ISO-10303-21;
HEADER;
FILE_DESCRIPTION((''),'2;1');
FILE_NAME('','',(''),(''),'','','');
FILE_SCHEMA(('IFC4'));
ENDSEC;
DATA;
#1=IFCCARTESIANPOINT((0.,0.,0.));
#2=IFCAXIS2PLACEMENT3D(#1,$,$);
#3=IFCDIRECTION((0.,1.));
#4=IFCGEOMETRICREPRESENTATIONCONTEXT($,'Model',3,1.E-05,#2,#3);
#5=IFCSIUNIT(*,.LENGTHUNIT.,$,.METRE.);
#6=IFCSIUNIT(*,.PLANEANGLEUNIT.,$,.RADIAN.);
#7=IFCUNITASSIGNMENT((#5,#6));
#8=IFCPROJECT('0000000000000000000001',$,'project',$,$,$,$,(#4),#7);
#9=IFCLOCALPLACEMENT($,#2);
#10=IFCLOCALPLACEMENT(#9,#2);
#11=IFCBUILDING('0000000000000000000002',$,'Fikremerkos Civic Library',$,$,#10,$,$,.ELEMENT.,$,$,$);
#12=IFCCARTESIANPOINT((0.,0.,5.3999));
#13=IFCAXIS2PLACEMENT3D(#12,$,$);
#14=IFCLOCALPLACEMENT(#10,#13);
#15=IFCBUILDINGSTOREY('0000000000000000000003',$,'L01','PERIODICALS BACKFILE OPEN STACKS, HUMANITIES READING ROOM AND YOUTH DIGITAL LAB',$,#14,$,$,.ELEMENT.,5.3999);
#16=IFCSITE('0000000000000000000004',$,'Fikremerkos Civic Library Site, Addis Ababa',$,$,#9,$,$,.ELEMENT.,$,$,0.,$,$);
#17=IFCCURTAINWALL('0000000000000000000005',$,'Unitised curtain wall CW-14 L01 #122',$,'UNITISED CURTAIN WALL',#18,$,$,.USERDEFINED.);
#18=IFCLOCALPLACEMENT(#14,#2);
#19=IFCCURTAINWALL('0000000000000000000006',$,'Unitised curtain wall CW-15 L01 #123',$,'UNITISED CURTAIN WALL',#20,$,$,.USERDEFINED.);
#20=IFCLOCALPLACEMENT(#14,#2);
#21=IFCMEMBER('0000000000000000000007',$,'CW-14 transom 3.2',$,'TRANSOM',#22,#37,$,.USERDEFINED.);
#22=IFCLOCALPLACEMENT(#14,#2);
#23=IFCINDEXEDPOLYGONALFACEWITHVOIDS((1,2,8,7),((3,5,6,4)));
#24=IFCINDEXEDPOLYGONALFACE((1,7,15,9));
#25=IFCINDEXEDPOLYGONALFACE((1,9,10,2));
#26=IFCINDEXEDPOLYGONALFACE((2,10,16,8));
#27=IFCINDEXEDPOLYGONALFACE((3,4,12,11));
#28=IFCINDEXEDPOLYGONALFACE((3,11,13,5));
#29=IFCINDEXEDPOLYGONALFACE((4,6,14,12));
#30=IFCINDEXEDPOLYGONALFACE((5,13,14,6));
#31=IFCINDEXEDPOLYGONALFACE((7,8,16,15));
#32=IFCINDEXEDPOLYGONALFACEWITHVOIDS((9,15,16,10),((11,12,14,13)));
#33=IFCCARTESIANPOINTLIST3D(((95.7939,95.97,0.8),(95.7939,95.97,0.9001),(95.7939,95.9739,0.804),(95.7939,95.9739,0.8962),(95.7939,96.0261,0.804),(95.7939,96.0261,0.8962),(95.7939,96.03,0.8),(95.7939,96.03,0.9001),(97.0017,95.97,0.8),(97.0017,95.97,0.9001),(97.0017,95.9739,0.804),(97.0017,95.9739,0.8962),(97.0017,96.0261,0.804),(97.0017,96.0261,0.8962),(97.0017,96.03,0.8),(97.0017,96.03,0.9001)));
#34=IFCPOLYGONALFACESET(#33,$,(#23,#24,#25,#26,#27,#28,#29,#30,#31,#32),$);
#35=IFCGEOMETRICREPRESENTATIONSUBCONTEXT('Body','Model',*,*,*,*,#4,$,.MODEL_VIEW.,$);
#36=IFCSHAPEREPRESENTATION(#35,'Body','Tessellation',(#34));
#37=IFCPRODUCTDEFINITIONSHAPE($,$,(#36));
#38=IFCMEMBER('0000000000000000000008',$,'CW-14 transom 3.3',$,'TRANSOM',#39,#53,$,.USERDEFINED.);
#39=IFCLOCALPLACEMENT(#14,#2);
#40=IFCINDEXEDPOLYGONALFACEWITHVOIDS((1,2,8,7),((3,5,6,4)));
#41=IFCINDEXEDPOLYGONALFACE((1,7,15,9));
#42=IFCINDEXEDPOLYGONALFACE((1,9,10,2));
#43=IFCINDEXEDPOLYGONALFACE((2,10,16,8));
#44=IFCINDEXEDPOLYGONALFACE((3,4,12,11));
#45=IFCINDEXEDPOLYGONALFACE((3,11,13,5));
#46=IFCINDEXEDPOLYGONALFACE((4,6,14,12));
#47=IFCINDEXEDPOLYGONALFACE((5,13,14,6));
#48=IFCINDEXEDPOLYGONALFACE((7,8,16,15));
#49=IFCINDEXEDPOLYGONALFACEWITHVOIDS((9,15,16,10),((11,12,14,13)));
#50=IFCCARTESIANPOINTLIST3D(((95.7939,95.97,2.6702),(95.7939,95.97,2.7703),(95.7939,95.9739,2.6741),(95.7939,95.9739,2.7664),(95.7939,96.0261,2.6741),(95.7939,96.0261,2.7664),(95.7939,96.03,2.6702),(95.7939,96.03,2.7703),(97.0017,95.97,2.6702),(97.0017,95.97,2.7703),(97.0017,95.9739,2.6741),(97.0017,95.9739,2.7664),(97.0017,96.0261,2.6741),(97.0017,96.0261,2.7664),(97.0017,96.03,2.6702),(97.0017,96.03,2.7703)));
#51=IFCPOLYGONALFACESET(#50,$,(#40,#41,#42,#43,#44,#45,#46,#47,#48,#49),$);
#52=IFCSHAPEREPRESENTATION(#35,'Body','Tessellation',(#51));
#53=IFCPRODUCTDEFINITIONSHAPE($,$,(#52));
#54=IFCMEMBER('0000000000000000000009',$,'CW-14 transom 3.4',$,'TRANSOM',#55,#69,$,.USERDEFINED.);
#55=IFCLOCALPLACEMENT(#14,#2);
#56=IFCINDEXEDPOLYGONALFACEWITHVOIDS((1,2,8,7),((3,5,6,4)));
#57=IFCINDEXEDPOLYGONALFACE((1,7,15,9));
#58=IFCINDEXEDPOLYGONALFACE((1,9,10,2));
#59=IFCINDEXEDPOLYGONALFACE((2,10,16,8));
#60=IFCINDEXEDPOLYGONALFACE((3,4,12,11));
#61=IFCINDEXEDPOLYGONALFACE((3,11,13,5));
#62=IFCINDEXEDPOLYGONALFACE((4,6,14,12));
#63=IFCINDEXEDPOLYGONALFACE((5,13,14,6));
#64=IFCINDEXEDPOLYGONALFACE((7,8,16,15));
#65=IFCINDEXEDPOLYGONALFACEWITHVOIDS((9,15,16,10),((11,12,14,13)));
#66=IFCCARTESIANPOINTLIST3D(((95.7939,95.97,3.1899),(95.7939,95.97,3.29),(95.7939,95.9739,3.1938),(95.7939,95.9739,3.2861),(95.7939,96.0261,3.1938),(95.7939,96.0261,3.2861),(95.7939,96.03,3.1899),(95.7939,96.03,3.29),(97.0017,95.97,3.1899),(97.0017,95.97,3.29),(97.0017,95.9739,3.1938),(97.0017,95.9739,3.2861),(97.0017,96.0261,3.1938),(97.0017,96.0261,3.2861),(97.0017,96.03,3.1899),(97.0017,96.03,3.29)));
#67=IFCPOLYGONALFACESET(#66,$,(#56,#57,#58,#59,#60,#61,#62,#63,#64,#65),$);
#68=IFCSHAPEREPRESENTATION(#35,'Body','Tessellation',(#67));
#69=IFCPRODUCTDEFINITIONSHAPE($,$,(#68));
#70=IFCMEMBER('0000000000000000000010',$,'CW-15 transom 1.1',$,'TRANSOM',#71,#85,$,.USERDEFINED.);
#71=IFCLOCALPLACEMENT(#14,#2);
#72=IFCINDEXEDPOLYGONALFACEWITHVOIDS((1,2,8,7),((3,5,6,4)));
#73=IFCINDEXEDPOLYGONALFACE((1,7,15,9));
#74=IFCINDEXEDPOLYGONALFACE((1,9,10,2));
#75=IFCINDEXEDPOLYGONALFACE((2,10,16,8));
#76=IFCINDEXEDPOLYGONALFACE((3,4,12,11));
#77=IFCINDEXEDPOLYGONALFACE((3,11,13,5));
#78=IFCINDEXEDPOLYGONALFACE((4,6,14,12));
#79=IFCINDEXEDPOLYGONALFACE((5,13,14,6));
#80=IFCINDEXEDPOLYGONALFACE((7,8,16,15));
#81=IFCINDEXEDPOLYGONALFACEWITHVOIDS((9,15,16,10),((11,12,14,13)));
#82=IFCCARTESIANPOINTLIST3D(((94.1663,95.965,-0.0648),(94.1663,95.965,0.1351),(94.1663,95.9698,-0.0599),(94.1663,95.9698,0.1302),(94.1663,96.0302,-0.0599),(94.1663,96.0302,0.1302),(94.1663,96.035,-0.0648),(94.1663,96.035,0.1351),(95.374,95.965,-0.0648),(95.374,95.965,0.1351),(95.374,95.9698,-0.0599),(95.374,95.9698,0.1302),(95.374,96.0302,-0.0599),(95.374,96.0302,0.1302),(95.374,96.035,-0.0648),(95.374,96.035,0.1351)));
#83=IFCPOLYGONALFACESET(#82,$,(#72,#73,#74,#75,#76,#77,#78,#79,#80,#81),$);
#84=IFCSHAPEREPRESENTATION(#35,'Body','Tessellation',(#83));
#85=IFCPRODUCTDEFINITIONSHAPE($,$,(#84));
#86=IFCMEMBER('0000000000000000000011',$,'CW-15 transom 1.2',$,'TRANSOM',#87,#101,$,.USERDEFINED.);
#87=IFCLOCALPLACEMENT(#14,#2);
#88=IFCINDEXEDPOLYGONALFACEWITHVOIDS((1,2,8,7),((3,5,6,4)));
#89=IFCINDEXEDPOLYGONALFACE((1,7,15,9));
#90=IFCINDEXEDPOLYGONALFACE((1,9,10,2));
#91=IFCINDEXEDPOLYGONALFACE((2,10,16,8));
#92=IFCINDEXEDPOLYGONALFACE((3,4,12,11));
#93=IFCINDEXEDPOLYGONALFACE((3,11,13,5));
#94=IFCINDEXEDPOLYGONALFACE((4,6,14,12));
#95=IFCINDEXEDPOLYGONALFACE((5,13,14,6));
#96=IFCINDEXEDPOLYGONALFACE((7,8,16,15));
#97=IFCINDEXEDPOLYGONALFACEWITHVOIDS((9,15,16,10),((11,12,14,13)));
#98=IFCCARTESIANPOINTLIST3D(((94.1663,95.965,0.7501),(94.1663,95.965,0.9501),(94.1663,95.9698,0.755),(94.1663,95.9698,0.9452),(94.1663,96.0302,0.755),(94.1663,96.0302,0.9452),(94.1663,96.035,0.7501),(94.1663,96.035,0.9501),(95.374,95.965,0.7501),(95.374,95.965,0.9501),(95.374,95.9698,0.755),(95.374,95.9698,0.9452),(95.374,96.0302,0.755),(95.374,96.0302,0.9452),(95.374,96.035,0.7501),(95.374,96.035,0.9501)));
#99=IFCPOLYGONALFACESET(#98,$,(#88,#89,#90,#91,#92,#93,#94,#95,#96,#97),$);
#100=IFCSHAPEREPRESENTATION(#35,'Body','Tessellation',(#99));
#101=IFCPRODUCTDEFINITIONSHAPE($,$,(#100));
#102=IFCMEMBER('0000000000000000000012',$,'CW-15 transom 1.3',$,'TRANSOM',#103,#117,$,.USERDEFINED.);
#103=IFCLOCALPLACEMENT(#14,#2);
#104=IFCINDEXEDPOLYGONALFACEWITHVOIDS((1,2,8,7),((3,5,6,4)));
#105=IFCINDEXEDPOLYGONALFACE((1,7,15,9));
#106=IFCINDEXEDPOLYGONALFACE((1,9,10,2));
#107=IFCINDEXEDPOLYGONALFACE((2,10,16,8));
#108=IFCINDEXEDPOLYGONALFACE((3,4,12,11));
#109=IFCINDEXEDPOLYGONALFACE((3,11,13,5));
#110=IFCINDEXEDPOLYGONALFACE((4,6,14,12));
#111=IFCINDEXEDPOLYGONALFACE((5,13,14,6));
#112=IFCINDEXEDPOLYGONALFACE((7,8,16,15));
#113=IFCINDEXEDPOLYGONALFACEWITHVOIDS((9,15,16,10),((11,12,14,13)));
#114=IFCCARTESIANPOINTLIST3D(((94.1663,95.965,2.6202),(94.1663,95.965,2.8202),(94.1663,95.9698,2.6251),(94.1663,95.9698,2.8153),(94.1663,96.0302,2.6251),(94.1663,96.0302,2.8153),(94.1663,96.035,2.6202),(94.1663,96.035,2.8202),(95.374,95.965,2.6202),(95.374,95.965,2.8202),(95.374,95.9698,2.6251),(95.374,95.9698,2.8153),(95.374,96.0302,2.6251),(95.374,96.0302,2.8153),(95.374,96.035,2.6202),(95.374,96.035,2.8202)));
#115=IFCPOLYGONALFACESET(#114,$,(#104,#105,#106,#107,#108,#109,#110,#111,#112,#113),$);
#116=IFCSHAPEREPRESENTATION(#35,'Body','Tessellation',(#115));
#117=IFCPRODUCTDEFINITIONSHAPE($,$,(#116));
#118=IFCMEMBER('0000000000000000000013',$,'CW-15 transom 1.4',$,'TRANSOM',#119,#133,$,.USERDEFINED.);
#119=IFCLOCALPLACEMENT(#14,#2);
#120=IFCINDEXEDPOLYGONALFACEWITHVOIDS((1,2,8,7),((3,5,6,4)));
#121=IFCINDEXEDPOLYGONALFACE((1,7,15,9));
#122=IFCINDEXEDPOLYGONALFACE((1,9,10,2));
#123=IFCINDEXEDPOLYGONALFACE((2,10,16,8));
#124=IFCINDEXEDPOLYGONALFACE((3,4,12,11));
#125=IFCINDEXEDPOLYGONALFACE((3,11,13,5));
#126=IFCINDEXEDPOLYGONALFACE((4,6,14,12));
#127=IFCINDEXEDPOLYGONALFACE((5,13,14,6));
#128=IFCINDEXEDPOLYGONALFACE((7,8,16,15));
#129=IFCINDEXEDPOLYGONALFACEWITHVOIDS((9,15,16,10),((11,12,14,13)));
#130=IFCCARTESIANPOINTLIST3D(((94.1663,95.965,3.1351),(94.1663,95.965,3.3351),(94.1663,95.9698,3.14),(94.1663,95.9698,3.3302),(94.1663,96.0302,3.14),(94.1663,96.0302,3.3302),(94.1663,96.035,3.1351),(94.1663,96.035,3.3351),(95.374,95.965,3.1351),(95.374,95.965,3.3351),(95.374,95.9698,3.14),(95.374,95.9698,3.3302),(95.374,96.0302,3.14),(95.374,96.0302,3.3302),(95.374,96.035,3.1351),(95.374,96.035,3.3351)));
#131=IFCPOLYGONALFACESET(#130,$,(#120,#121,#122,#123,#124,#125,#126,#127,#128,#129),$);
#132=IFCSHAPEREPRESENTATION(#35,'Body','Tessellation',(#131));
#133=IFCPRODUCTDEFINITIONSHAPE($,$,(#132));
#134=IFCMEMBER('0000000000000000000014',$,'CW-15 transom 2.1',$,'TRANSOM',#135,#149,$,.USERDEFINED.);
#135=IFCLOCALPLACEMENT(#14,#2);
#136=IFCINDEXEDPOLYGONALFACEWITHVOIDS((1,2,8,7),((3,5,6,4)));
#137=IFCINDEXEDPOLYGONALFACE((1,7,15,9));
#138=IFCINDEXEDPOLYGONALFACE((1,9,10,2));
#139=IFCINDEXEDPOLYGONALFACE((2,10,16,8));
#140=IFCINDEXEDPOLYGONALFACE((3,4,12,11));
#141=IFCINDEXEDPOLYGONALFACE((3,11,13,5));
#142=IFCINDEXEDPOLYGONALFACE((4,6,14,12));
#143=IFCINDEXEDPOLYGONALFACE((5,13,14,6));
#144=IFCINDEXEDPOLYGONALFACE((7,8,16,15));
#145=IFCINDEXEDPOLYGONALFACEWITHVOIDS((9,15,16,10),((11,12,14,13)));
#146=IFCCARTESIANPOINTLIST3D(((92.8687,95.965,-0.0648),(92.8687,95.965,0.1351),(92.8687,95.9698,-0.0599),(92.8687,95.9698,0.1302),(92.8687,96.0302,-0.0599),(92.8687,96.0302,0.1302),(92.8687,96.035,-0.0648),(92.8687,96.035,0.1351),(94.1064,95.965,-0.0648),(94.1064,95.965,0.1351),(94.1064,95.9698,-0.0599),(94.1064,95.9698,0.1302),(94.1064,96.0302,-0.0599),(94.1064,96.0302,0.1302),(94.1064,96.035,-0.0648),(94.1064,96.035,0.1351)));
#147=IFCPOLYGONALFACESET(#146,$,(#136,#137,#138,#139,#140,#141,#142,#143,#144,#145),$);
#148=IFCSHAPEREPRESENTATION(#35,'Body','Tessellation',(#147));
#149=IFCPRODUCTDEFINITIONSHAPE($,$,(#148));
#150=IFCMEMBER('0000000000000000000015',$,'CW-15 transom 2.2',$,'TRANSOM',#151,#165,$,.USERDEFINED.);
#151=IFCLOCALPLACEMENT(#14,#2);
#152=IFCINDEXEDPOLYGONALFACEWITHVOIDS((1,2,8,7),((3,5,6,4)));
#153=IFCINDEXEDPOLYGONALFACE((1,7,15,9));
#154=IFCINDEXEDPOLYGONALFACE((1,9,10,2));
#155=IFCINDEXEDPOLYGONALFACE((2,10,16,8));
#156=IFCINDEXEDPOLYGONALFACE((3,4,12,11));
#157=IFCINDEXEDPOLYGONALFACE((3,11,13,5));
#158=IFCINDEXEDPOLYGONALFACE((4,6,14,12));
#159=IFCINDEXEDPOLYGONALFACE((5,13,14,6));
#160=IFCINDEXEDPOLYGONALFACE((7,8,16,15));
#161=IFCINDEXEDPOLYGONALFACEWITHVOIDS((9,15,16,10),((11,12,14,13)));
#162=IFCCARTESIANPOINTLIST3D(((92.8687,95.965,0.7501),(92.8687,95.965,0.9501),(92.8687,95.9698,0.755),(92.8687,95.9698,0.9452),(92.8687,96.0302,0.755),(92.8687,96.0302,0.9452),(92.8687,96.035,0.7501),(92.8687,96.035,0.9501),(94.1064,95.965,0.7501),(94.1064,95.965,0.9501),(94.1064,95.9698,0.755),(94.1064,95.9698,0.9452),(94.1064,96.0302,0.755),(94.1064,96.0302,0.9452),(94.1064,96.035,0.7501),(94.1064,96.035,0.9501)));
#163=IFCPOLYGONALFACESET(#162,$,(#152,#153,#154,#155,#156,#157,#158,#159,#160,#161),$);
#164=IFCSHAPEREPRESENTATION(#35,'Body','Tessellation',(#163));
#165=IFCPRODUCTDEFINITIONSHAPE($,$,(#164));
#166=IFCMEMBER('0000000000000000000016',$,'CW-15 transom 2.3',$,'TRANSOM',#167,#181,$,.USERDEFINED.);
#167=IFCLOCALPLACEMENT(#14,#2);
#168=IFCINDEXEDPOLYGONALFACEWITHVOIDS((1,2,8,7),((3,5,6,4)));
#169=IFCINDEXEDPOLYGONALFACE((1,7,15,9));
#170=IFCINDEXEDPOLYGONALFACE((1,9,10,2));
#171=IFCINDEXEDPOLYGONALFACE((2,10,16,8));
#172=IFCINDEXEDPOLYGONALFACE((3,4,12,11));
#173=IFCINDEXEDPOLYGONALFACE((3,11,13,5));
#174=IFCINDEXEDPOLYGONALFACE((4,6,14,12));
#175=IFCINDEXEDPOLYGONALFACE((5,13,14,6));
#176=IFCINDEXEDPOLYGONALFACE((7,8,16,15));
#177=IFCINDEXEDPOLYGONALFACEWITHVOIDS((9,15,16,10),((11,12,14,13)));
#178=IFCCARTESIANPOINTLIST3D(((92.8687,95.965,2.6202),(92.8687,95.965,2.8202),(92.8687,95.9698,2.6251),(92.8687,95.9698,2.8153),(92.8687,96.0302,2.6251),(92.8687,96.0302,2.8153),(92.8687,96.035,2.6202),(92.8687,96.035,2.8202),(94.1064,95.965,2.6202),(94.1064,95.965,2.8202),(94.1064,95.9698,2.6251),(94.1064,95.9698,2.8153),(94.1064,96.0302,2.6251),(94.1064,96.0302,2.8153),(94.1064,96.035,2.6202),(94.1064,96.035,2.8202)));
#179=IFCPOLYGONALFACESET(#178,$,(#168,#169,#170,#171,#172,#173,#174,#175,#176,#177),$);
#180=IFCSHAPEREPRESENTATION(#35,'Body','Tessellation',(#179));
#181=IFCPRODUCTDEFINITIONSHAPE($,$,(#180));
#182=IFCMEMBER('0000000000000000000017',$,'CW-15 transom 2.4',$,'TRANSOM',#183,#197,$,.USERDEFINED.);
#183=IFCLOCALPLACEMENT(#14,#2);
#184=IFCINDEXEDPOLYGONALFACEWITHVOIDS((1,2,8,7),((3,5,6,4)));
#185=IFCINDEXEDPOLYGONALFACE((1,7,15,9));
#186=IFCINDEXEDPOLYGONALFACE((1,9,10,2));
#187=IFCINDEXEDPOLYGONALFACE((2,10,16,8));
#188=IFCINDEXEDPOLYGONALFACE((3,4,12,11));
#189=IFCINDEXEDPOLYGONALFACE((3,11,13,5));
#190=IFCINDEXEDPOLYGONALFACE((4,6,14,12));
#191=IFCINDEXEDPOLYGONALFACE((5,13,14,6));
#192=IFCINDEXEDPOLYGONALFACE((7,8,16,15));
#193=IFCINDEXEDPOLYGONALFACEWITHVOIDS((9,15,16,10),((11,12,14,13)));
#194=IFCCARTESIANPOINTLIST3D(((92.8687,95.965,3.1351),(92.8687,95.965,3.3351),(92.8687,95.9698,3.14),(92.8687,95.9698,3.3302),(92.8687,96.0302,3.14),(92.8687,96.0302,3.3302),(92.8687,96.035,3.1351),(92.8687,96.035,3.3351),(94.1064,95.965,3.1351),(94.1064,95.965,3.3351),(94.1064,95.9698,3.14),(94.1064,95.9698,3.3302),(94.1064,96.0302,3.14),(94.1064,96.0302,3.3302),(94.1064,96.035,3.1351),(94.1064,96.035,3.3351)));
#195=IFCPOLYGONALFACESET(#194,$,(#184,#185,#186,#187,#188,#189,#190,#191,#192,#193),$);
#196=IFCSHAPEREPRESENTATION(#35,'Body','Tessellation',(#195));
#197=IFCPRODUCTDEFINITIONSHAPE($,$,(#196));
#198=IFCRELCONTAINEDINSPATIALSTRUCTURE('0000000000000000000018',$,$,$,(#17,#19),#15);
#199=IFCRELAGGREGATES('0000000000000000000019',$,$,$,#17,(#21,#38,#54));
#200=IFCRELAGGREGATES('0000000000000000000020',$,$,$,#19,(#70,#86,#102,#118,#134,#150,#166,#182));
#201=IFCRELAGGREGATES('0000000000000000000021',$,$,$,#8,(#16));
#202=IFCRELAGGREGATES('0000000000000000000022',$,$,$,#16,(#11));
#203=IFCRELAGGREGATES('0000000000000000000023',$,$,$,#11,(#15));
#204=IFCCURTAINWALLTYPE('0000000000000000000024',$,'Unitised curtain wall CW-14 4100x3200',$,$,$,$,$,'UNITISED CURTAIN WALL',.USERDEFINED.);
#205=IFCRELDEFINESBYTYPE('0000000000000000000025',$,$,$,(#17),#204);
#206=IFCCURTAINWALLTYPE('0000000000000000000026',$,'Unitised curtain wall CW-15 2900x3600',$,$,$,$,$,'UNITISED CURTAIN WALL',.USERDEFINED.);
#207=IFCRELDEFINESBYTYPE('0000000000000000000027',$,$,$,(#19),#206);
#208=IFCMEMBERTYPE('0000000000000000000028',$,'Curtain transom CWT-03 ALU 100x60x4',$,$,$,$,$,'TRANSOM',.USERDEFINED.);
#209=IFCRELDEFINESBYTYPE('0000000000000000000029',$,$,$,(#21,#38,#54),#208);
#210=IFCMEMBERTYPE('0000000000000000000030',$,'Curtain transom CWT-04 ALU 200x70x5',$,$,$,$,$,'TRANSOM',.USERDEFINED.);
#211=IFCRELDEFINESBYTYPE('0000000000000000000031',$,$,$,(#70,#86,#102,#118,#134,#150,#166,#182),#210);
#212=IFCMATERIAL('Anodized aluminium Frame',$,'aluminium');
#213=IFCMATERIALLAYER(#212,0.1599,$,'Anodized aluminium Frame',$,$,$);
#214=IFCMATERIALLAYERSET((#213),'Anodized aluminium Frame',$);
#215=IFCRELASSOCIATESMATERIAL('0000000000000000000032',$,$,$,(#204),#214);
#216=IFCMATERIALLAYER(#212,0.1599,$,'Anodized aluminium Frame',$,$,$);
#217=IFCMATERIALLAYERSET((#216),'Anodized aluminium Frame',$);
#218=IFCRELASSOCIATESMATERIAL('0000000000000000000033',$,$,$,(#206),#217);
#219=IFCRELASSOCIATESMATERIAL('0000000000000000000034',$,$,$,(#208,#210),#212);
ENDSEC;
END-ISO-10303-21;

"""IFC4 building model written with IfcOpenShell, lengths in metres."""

from ifc_helpers import new_model, si_unit, direction, frame, origin, origin_2d, place, context, subcontext, project, spatial, hollow_rectangle, extrude, material, layer, layer_set, material_profile, profile_set, type_object, element, aggregate, save


model = new_model("IFC4")

# Units and contexts
model_context = context("Model", 3, precision=1e-05, world=origin(), true_north=direction((0.0, 1.0)))
body_context = subcontext(model_context, "Body", "Model", "MODEL_VIEW")
ifc_project = project(units=[si_unit("LENGTHUNIT", "METRE"), si_unit("PLANEANGLEUNIT", "RADIAN")], contexts=[model_context])

# Site, building, storey
site_placement = place(None, origin())
site = spatial("IfcSite", under=ifc_project, at=site_placement, Name="Fikremerkos Civic Library Site, Addis Ababa", CompositionType="ELEMENT", RefElevation=0.0)
building_placement = place(site_placement, origin())
building = spatial("IfcBuilding", under=site, at=building_placement, Name="Fikremerkos Civic Library", CompositionType="ELEMENT")
storey_placement = place(building_placement, frame((0.0, 0.0, 5.3999)))
storey = spatial("IfcBuildingStorey", under=building, at=storey_placement, Name="L01", Description="PERIODICALS BACKFILE OPEN STACKS, HUMANITIES READING ROOM AND YOUTH DIGITAL LAB", CompositionType="ELEMENT", Elevation=5.3999)

# Curtain walls
ifc_material_1 = material(Name="Anodized aluminium Frame", Category="aluminium")
ifc_layer_1 = layer(ifc_material_1, 0.1599, Name="Anodized aluminium Frame")
ifc_layer_set_1 = layer_set([ifc_layer_1], Name="Anodized aluminium Frame")
curtain_wall_type_1 = type_object("IfcCurtainWallType", Name="Unitised curtain wall CW-14 4100x3200", ElementType="UNITISED CURTAIN WALL", PredefinedType="USERDEFINED", material=ifc_layer_set_1)
curtain_wall_1_placement = place(storey_placement, origin())
curtain_wall_1 = element("IfcCurtainWall", 1, at=curtain_wall_1_placement, inside=storey, type_object=curtain_wall_type_1, Name="Unitised curtain wall CW-14 L01 #122", ObjectType="UNITISED CURTAIN WALL", PredefinedType="USERDEFINED")
ifc_layer_2 = layer(ifc_material_1, 0.1599, Name="Anodized aluminium Frame")
ifc_layer_set_2 = layer_set([ifc_layer_2], Name="Anodized aluminium Frame")
curtain_wall_type_2 = type_object("IfcCurtainWallType", Name="Unitised curtain wall CW-15 2900x3600", ElementType="UNITISED CURTAIN WALL", PredefinedType="USERDEFINED", material=ifc_layer_set_2)
curtain_wall_2_placement = place(storey_placement, origin())
curtain_wall_2 = element("IfcCurtainWall", 2, at=curtain_wall_2_placement, inside=storey, type_object=curtain_wall_type_2, Name="Unitised curtain wall CW-15 L01 #123", ObjectType="UNITISED CURTAIN WALL", PredefinedType="USERDEFINED")

# Members
ifc_material_profile_1 = material_profile(ifc_material_1, hollow_rectangle(XDim=0.0601, YDim=0.1001, WallThickness=0.0039, at=origin_2d()), Name="ALU 100x60x4")
ifc_profile_set_1 = profile_set([ifc_material_profile_1], Name="Anodized aluminium Frame")
member_type_1 = type_object("IfcMemberType", Name="Curtain transom CWT-03 ALU 100x60x4", ElementType="TRANSOM", PredefinedType="USERDEFINED", material=ifc_profile_set_1)
member_1_placement = place(storey_placement, frame((97.0017, 96.0, 0.8501), z_axis=(-1.0, 0.0, 0.0), x_axis=(0.0, -1.0, 0.0)))
member_1 = element("IfcMember", 3, at=member_1_placement, type_object=member_type_1, Name="CW-14 transom 3.2", ObjectType="TRANSOM", PredefinedType="USERDEFINED", context=body_context, shape_type="SweptSolid", body=[
    extrude(hollow_rectangle(XDim=0.0601, YDim=0.1001, WallThickness=0.0039, at=origin_2d()), origin(), (0.0, 0.0, 1.0), 1.2078),
])
member_2_placement = place(storey_placement, frame((97.0017, 96.0, 2.7202), z_axis=(-1.0, 0.0, 0.0), x_axis=(0.0, -1.0, 0.0)))
member_2 = element("IfcMember", 4, at=member_2_placement, type_object=member_type_1, Name="CW-14 transom 3.3", ObjectType="TRANSOM", PredefinedType="USERDEFINED", context=body_context, shape_type="SweptSolid", body=[
    extrude(hollow_rectangle(XDim=0.0601, YDim=0.1001, WallThickness=0.0039, at=origin_2d()), origin(), (0.0, 0.0, 1.0), 1.2078),
])
member_3_placement = place(storey_placement, frame((97.0017, 96.0, 3.24), z_axis=(-1.0, 0.0, 0.0), x_axis=(0.0, -1.0, 0.0)))
member_3 = element("IfcMember", 5, at=member_3_placement, type_object=member_type_1, Name="CW-14 transom 3.4", ObjectType="TRANSOM", PredefinedType="USERDEFINED", context=body_context, shape_type="SweptSolid", body=[
    extrude(hollow_rectangle(XDim=0.0601, YDim=0.1001, WallThickness=0.0039, at=origin_2d()), origin(), (0.0, 0.0, 1.0), 1.2078),
])
ifc_material_profile_2 = material_profile(ifc_material_1, hollow_rectangle(XDim=0.0701, YDim=0.2, WallThickness=0.0049, at=origin_2d()), Name="ALU 200x70x5")
ifc_profile_set_2 = profile_set([ifc_material_profile_2], Name="Anodized aluminium Frame")
member_type_2 = type_object("IfcMemberType", Name="Curtain transom CWT-04 ALU 200x70x5", ElementType="TRANSOM", PredefinedType="USERDEFINED", material=ifc_profile_set_2)
member_4_placement = place(storey_placement, frame((95.374, 96.0, 0.0352), z_axis=(-1.0, 0.0, 0.0), x_axis=(0.0, -1.0, 0.0)))
member_4 = element("IfcMember", 6, at=member_4_placement, type_object=member_type_2, Name="CW-15 transom 1.1", ObjectType="TRANSOM", PredefinedType="USERDEFINED", context=body_context, shape_type="SweptSolid", body=[
    extrude(hollow_rectangle(XDim=0.0701, YDim=0.2, WallThickness=0.0049, at=origin_2d()), origin(), (0.0, 0.0, 1.0), 1.2078),
])
member_5_placement = place(storey_placement, frame((95.374, 96.0, 0.8501), z_axis=(-1.0, 0.0, 0.0), x_axis=(0.0, -1.0, 0.0)))
member_5 = element("IfcMember", 7, at=member_5_placement, type_object=member_type_2, Name="CW-15 transom 1.2", ObjectType="TRANSOM", PredefinedType="USERDEFINED", context=body_context, shape_type="SweptSolid", body=[
    extrude(hollow_rectangle(XDim=0.0701, YDim=0.2, WallThickness=0.0049, at=origin_2d()), origin(), (0.0, 0.0, 1.0), 1.2078),
])
member_6_placement = place(storey_placement, frame((95.374, 96.0, 2.7202), z_axis=(-1.0, 0.0, 0.0), x_axis=(0.0, -1.0, 0.0)))
member_6 = element("IfcMember", 8, at=member_6_placement, type_object=member_type_2, Name="CW-15 transom 1.3", ObjectType="TRANSOM", PredefinedType="USERDEFINED", context=body_context, shape_type="SweptSolid", body=[
    extrude(hollow_rectangle(XDim=0.0701, YDim=0.2, WallThickness=0.0049, at=origin_2d()), origin(), (0.0, 0.0, 1.0), 1.2078),
])
member_7_placement = place(storey_placement, frame((95.374, 96.0, 3.2351), z_axis=(-1.0, 0.0, 0.0), x_axis=(0.0, -1.0, 0.0)))
member_7 = element("IfcMember", 9, at=member_7_placement, type_object=member_type_2, Name="CW-15 transom 1.4", ObjectType="TRANSOM", PredefinedType="USERDEFINED", context=body_context, shape_type="SweptSolid", body=[
    extrude(hollow_rectangle(XDim=0.0701, YDim=0.2, WallThickness=0.0049, at=origin_2d()), origin(), (0.0, 0.0, 1.0), 1.2078),
])
member_8_placement = place(storey_placement, frame((94.1064, 96.0, 0.0352), z_axis=(-1.0, 0.0, 0.0), x_axis=(0.0, -1.0, 0.0)))
member_8 = element("IfcMember", 10, at=member_8_placement, type_object=member_type_2, Name="CW-15 transom 2.1", ObjectType="TRANSOM", PredefinedType="USERDEFINED", context=body_context, shape_type="SweptSolid", body=[
    extrude(hollow_rectangle(XDim=0.0701, YDim=0.2, WallThickness=0.0049, at=origin_2d()), origin(), (0.0, 0.0, 1.0), 1.2378),
])
member_9_placement = place(storey_placement, frame((94.1064, 96.0, 0.8501), z_axis=(-1.0, 0.0, 0.0), x_axis=(0.0, -1.0, 0.0)))
member_9 = element("IfcMember", 11, at=member_9_placement, type_object=member_type_2, Name="CW-15 transom 2.2", ObjectType="TRANSOM", PredefinedType="USERDEFINED", context=body_context, shape_type="SweptSolid", body=[
    extrude(hollow_rectangle(XDim=0.0701, YDim=0.2, WallThickness=0.0049, at=origin_2d()), origin(), (0.0, 0.0, 1.0), 1.2378),
])
member_10_placement = place(storey_placement, frame((94.1064, 96.0, 2.7202), z_axis=(-1.0, 0.0, 0.0), x_axis=(0.0, -1.0, 0.0)))
member_10 = element("IfcMember", 12, at=member_10_placement, type_object=member_type_2, Name="CW-15 transom 2.3", ObjectType="TRANSOM", PredefinedType="USERDEFINED", context=body_context, shape_type="SweptSolid", body=[
    extrude(hollow_rectangle(XDim=0.0701, YDim=0.2, WallThickness=0.0049, at=origin_2d()), origin(), (0.0, 0.0, 1.0), 1.2378),
])
member_11_placement = place(storey_placement, frame((94.1064, 96.0, 3.2351), z_axis=(-1.0, 0.0, 0.0), x_axis=(0.0, -1.0, 0.0)))
member_11 = element("IfcMember", 13, at=member_11_placement, type_object=member_type_2, Name="CW-15 transom 2.4", ObjectType="TRANSOM", PredefinedType="USERDEFINED", context=body_context, shape_type="SweptSolid", body=[
    extrude(hollow_rectangle(XDim=0.0701, YDim=0.2, WallThickness=0.0049, at=origin_2d()), origin(), (0.0, 0.0, 1.0), 1.2378),
])

aggregate(curtain_wall_1, [member_1, member_2, member_3])
aggregate(curtain_wall_2, [member_4, member_5, member_6, member_7, member_8, member_9, member_10, member_11])

save(model, "model.ifc")
